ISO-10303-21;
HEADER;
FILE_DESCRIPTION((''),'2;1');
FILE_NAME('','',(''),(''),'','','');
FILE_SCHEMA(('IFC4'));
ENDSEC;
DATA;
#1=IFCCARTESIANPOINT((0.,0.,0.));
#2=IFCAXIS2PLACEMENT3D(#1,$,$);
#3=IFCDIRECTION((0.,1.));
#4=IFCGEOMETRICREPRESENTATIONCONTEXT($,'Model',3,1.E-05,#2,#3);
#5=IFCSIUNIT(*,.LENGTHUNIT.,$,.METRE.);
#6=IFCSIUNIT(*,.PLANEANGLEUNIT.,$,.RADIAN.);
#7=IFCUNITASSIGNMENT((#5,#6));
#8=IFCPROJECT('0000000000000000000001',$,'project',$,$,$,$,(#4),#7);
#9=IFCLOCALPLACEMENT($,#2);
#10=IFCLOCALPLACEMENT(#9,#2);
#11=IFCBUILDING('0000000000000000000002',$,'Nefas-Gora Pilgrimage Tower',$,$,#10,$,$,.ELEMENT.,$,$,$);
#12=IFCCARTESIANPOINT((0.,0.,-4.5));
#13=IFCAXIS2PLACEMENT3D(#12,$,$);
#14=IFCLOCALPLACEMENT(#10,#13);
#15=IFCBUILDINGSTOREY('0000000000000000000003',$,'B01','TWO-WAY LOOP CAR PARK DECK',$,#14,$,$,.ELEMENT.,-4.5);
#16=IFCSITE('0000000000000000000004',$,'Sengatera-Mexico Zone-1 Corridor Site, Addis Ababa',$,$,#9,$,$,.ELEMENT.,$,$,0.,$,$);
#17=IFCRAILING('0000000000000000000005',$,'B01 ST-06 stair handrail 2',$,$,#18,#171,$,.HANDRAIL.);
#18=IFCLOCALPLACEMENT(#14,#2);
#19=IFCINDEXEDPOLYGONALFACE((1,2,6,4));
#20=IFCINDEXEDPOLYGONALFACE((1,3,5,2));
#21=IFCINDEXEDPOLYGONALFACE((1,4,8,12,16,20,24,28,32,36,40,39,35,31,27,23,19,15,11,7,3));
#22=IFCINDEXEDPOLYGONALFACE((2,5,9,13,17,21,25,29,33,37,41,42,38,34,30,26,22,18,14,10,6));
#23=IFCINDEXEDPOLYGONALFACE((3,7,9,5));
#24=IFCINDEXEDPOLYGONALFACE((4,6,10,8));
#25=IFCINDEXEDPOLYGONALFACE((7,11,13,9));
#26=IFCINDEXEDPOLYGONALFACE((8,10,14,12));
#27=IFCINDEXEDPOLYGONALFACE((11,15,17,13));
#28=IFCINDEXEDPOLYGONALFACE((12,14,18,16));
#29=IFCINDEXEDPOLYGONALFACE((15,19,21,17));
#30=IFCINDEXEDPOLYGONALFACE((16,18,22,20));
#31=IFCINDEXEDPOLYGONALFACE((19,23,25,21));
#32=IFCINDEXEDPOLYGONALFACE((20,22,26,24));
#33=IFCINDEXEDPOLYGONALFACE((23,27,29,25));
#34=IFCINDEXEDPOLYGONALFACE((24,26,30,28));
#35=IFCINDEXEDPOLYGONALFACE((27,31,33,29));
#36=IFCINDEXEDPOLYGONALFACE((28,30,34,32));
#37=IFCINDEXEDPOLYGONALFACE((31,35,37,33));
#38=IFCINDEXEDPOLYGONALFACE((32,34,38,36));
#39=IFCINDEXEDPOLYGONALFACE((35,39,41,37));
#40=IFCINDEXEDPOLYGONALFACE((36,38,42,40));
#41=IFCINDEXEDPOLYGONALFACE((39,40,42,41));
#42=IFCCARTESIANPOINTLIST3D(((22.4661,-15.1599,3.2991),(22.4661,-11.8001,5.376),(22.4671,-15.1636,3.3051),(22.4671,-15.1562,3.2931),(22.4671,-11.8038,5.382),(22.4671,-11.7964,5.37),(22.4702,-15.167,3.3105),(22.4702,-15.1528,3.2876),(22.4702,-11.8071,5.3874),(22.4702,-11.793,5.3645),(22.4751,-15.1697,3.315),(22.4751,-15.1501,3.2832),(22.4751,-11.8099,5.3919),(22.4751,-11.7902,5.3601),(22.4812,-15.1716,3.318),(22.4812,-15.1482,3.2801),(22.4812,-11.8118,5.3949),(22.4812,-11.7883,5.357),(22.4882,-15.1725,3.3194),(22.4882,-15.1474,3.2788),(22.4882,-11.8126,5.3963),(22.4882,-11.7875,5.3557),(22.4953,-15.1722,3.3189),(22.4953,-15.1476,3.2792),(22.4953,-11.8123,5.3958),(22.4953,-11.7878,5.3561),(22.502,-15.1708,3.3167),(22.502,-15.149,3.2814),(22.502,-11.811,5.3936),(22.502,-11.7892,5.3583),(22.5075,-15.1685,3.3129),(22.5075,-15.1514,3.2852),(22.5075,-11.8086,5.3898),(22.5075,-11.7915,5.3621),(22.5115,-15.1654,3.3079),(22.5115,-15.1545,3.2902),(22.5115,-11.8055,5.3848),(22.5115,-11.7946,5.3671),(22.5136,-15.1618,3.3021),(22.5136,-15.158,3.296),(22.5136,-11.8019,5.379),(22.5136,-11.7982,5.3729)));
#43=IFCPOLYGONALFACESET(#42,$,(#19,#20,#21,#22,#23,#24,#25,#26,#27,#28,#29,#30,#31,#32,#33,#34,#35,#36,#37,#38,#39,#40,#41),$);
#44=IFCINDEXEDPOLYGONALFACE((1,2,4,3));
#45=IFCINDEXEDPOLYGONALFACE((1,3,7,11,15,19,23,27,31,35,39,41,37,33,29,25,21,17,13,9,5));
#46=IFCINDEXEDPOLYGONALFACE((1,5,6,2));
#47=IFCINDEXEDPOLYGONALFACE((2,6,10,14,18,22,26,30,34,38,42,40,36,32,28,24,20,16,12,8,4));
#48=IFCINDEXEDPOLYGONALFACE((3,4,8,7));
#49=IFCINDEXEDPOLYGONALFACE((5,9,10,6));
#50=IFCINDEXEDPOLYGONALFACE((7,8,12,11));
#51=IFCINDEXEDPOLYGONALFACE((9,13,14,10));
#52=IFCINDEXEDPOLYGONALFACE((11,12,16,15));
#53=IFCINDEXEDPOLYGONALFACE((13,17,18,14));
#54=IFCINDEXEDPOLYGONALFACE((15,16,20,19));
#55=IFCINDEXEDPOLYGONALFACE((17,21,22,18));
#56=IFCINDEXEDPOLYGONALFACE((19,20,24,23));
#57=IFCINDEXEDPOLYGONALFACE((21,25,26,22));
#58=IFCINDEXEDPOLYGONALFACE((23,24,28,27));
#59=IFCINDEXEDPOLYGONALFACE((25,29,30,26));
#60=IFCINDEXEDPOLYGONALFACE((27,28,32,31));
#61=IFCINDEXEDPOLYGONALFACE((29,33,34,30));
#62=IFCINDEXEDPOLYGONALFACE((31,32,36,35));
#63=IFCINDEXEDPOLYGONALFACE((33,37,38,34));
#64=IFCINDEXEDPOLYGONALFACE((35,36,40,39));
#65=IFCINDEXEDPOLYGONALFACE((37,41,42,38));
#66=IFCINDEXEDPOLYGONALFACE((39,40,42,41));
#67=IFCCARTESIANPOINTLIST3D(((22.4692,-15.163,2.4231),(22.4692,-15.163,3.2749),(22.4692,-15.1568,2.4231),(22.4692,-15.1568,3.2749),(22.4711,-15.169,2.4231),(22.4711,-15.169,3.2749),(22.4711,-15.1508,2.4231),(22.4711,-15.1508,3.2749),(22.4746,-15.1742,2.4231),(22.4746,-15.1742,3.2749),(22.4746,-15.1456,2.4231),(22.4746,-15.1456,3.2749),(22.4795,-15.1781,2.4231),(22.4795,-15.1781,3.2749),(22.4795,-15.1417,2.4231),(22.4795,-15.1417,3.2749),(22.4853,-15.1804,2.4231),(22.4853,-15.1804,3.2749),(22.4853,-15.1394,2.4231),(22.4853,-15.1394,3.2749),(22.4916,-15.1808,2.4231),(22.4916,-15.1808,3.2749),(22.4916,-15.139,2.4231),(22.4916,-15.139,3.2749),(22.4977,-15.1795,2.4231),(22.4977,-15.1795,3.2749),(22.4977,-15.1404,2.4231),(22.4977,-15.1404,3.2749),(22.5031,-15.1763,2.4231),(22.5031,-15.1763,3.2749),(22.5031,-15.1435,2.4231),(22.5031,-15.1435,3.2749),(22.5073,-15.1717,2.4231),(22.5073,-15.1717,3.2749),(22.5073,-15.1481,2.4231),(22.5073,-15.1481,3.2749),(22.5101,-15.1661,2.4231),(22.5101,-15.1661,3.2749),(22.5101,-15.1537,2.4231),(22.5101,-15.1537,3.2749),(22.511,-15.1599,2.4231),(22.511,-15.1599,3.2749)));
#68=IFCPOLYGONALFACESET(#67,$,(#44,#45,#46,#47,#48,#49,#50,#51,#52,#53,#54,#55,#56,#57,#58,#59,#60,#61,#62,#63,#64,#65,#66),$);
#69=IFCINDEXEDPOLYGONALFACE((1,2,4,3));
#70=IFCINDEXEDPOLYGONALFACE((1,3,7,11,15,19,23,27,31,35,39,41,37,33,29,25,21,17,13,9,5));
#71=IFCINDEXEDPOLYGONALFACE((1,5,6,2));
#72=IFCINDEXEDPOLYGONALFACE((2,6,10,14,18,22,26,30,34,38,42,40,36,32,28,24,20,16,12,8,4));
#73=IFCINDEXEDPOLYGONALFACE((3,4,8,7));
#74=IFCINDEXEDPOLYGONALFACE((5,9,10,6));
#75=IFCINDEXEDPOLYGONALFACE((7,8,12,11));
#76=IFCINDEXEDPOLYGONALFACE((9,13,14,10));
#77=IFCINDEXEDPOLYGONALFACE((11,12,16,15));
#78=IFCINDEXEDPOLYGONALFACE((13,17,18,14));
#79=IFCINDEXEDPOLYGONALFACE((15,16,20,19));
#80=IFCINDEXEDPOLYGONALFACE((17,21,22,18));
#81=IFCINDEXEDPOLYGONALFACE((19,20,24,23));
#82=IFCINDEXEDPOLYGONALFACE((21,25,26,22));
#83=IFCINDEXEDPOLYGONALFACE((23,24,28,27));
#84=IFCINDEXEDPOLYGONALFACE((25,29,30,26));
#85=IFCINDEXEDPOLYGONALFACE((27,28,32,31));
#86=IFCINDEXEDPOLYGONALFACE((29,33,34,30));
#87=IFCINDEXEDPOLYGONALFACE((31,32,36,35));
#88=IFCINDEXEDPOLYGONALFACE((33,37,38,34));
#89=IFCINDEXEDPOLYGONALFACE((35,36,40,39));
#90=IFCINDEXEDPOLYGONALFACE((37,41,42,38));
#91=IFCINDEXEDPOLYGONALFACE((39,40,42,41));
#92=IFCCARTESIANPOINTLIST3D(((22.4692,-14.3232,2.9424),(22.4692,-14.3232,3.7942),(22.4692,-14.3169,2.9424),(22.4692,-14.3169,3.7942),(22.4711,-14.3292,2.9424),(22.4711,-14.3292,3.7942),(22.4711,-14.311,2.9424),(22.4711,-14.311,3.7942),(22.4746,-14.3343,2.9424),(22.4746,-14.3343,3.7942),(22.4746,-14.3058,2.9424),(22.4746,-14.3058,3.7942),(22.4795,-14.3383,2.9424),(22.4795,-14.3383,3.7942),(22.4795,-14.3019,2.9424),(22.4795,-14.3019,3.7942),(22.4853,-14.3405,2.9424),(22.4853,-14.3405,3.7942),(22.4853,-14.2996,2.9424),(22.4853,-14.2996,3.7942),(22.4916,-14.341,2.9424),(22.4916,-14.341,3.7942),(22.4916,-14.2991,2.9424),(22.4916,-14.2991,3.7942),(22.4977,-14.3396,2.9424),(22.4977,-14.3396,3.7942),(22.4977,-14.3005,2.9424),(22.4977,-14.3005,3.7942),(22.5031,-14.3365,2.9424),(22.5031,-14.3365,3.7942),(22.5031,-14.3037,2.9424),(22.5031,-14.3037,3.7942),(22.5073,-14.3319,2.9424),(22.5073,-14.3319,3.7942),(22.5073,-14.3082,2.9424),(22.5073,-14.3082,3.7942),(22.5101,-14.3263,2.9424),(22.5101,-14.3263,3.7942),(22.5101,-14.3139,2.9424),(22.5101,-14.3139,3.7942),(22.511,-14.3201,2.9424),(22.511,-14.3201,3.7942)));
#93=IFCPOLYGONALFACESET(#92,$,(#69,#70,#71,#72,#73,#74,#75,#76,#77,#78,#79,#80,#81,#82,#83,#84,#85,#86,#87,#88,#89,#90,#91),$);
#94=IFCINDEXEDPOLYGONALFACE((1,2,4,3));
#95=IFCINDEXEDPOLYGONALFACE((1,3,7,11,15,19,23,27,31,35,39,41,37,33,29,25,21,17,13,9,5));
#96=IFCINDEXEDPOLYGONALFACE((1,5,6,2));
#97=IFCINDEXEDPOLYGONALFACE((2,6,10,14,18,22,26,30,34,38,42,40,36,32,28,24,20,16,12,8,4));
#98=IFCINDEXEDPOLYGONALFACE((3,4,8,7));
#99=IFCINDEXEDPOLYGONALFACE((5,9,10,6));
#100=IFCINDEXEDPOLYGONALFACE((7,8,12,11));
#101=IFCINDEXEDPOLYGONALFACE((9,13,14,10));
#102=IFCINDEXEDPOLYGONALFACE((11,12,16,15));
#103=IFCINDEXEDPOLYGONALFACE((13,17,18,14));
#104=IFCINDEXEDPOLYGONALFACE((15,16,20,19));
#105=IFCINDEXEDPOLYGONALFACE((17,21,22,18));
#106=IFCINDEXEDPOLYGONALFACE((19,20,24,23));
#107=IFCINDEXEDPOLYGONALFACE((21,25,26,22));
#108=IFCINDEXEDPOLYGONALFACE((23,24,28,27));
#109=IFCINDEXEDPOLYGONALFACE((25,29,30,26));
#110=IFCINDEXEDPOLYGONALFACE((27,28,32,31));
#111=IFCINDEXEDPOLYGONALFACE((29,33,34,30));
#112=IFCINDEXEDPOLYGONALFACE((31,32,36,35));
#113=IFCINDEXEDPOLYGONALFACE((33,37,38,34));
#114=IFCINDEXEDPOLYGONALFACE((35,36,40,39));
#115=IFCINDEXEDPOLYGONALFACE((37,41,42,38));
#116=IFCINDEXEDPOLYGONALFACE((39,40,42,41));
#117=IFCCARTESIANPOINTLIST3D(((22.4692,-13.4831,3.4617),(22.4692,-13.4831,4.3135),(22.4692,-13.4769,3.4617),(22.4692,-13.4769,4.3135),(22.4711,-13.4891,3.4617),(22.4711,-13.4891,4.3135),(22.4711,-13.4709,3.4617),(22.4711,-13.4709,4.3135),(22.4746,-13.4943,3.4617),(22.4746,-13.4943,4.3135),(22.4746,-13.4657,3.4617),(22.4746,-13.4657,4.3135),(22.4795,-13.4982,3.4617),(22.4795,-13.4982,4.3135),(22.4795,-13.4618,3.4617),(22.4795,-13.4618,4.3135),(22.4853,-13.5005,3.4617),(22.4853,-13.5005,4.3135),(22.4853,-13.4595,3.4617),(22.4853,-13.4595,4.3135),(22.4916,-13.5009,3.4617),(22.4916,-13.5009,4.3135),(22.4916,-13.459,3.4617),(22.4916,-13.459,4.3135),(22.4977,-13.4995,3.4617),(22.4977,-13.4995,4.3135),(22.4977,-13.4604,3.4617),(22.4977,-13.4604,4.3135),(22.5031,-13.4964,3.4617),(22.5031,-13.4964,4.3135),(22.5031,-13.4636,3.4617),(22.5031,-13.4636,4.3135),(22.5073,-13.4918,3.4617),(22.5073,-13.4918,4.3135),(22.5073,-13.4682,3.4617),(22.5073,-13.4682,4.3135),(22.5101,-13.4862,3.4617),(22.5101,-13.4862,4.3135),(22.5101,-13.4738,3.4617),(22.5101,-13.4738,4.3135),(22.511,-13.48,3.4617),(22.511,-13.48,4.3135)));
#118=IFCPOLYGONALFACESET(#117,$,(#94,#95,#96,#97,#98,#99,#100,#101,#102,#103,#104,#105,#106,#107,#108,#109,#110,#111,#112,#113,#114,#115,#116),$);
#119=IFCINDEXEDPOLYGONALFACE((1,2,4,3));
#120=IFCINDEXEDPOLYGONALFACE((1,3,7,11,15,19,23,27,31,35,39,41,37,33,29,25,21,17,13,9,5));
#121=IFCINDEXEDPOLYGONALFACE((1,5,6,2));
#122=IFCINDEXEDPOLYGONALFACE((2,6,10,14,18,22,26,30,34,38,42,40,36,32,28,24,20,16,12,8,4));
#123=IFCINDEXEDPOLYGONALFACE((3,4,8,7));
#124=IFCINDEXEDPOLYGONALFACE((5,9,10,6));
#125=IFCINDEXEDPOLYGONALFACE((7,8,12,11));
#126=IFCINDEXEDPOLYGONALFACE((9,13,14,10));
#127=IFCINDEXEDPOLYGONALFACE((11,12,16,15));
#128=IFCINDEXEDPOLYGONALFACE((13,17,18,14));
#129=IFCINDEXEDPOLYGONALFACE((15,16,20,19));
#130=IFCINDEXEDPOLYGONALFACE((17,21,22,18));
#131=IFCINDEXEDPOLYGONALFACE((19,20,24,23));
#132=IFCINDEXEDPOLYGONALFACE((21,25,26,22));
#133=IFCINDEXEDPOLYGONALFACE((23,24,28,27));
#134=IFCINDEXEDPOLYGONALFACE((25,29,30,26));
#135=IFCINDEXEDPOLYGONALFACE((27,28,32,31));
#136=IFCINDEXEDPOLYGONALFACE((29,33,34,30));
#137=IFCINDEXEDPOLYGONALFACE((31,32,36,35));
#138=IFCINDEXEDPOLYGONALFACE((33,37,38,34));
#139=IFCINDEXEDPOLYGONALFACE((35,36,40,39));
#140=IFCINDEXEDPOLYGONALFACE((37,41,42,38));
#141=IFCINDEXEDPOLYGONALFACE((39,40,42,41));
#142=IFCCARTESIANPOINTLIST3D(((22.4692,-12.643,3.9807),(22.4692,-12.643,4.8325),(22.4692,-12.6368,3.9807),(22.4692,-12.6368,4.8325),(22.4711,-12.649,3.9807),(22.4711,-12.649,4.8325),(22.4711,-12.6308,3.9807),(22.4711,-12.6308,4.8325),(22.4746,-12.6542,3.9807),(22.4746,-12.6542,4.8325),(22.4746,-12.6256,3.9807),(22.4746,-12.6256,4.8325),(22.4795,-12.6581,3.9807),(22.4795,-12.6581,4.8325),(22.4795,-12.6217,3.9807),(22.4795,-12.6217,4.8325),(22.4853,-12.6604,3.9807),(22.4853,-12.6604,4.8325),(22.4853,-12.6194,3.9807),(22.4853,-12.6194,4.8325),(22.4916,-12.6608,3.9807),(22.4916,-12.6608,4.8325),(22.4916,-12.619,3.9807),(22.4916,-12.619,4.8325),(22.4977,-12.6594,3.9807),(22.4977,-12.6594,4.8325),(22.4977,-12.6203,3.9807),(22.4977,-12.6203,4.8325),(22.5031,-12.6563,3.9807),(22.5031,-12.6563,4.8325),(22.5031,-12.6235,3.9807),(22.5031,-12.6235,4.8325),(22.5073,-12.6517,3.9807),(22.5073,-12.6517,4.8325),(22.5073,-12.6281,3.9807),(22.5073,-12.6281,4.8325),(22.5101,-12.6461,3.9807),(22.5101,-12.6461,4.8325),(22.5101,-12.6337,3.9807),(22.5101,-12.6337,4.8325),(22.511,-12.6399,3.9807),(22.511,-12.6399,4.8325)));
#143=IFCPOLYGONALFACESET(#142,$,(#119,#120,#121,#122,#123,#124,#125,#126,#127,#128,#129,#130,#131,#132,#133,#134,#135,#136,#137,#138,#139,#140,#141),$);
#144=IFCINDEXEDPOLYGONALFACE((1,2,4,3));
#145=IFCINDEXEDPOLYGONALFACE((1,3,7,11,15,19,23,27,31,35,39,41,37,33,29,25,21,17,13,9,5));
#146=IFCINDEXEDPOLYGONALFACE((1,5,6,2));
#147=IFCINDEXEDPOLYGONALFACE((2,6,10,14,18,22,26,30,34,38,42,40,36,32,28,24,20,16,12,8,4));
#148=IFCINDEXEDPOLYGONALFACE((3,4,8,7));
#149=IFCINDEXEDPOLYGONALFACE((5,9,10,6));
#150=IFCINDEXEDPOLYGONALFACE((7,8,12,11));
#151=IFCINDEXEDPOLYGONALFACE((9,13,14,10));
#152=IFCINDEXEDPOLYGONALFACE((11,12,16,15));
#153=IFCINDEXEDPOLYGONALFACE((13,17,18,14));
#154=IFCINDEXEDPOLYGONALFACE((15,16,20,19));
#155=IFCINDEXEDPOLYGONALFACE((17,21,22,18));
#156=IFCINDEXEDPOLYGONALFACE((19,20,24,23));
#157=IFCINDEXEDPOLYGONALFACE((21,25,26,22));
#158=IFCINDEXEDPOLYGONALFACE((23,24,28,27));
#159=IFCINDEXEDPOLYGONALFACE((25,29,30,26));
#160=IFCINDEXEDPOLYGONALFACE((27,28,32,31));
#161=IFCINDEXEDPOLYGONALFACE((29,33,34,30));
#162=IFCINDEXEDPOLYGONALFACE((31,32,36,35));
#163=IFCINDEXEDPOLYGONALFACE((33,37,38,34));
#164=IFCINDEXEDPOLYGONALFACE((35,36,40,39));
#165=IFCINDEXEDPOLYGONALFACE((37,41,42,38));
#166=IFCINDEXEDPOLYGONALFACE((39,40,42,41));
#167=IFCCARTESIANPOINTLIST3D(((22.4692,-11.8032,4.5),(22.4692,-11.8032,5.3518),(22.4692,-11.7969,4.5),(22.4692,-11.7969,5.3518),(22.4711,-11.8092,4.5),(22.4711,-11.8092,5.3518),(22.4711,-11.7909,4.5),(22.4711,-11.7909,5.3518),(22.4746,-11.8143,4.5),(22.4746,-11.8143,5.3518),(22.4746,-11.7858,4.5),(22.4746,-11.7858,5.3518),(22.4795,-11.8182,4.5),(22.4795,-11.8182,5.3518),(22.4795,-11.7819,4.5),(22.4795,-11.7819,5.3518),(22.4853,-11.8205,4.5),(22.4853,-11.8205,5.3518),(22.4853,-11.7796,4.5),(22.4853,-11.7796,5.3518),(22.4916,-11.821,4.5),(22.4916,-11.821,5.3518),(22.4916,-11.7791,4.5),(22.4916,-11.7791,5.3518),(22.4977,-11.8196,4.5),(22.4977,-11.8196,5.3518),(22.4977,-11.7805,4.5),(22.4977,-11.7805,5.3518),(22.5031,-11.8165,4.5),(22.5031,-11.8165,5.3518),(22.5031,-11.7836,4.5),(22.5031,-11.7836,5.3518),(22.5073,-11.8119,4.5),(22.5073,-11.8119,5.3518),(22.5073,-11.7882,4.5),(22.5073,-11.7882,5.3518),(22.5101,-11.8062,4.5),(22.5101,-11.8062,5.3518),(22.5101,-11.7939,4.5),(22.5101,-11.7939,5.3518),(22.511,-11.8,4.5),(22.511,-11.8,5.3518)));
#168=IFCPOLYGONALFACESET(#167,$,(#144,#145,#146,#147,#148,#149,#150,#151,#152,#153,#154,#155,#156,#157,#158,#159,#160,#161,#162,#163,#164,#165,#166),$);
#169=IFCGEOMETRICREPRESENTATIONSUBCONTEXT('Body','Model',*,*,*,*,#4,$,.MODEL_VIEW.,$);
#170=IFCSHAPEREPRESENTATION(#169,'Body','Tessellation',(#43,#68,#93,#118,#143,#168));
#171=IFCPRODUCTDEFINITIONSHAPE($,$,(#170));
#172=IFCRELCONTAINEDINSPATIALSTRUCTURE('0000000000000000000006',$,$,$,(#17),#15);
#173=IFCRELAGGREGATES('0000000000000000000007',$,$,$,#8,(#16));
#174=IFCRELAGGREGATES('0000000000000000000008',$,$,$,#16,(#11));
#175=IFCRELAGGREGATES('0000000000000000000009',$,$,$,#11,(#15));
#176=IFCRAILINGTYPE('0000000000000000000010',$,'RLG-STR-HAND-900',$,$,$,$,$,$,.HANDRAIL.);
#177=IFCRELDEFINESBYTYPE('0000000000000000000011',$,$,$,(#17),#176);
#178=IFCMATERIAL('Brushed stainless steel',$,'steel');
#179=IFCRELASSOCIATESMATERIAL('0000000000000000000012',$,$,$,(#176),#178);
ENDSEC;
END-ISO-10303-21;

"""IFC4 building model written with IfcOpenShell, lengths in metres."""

from ifc_helpers import new_model, si_unit, direction, frame, origin, origin_2d, place, context, subcontext, project, spatial, circle, extrude, material, type_object, element, save


model = new_model("IFC4")

# Units and contexts
model_context = context("Model", 3, precision=1e-05, world=origin(), true_north=direction((0.0, 1.0)))
body_context = subcontext(model_context, "Body", "Model", "MODEL_VIEW")
ifc_project = project(units=[si_unit("LENGTHUNIT", "METRE"), si_unit("PLANEANGLEUNIT", "RADIAN")], contexts=[model_context])

# Site, building, storey
site_placement = place(None, origin())
site = spatial("IfcSite", under=ifc_project, at=site_placement, Name="Sengatera-Mexico Zone-1 Corridor Site, Addis Ababa", CompositionType="ELEMENT", RefElevation=0.0)
building_placement = place(site_placement, origin())
building = spatial("IfcBuilding", under=site, at=building_placement, Name="Nefas-Gora Pilgrimage Tower", CompositionType="ELEMENT")
storey_placement = place(building_placement, frame((0.0, 0.0, -4.5)))
storey = spatial("IfcBuildingStorey", under=building, at=storey_placement, Name="B01", Description="TWO-WAY LOOP CAR PARK DECK", CompositionType="ELEMENT", Elevation=-4.5)

# Railing
ifc_material_1 = material(Name="Brushed stainless steel", Category="steel")
railing_type_1 = type_object("IfcRailingType", Name="RLG-STR-HAND-900", PredefinedType="HANDRAIL", material=ifc_material_1)
railing_1_placement = place(storey_placement, frame((22.49, -15.1599, 2.4231)))
element("IfcRailing", 1, at=railing_1_placement, inside=storey, type_object=railing_type_1, Name="B01 ST-06 stair handrail 2", PredefinedType="HANDRAIL", context=body_context, shape_type="SweptSolid", body=[
    extrude(circle(Radius=0.0239, at=origin_2d()), frame((0.0, 0.0, 0.876), z_axis=(0.0, 0.850606, 0.525803), x_axis=(-1.0, 0.0, 0.0)), (0.0, 0.0, 1.0), 3.95),
    extrude(circle(Radius=0.021, at=origin_2d()), origin(), (0.0, 0.0, 1.0), 0.8518),
    extrude(circle(Radius=0.021, at=origin_2d()), frame((0.0, 0.8398, 0.5193)), (0.0, 0.0, 1.0), 0.8518),
    extrude(circle(Radius=0.021, at=origin_2d()), frame((0.0, 1.6799, 1.0386)), (0.0, 0.0, 1.0), 0.8518),
    extrude(circle(Radius=0.021, at=origin_2d()), frame((0.0, 2.52, 1.5576)), (0.0, 0.0, 1.0), 0.8518),
    extrude(circle(Radius=0.021, at=origin_2d()), frame((0.0, 3.3599, 2.0769)), (0.0, 0.0, 1.0), 0.8518),
])

save(model, "model.ifc")
